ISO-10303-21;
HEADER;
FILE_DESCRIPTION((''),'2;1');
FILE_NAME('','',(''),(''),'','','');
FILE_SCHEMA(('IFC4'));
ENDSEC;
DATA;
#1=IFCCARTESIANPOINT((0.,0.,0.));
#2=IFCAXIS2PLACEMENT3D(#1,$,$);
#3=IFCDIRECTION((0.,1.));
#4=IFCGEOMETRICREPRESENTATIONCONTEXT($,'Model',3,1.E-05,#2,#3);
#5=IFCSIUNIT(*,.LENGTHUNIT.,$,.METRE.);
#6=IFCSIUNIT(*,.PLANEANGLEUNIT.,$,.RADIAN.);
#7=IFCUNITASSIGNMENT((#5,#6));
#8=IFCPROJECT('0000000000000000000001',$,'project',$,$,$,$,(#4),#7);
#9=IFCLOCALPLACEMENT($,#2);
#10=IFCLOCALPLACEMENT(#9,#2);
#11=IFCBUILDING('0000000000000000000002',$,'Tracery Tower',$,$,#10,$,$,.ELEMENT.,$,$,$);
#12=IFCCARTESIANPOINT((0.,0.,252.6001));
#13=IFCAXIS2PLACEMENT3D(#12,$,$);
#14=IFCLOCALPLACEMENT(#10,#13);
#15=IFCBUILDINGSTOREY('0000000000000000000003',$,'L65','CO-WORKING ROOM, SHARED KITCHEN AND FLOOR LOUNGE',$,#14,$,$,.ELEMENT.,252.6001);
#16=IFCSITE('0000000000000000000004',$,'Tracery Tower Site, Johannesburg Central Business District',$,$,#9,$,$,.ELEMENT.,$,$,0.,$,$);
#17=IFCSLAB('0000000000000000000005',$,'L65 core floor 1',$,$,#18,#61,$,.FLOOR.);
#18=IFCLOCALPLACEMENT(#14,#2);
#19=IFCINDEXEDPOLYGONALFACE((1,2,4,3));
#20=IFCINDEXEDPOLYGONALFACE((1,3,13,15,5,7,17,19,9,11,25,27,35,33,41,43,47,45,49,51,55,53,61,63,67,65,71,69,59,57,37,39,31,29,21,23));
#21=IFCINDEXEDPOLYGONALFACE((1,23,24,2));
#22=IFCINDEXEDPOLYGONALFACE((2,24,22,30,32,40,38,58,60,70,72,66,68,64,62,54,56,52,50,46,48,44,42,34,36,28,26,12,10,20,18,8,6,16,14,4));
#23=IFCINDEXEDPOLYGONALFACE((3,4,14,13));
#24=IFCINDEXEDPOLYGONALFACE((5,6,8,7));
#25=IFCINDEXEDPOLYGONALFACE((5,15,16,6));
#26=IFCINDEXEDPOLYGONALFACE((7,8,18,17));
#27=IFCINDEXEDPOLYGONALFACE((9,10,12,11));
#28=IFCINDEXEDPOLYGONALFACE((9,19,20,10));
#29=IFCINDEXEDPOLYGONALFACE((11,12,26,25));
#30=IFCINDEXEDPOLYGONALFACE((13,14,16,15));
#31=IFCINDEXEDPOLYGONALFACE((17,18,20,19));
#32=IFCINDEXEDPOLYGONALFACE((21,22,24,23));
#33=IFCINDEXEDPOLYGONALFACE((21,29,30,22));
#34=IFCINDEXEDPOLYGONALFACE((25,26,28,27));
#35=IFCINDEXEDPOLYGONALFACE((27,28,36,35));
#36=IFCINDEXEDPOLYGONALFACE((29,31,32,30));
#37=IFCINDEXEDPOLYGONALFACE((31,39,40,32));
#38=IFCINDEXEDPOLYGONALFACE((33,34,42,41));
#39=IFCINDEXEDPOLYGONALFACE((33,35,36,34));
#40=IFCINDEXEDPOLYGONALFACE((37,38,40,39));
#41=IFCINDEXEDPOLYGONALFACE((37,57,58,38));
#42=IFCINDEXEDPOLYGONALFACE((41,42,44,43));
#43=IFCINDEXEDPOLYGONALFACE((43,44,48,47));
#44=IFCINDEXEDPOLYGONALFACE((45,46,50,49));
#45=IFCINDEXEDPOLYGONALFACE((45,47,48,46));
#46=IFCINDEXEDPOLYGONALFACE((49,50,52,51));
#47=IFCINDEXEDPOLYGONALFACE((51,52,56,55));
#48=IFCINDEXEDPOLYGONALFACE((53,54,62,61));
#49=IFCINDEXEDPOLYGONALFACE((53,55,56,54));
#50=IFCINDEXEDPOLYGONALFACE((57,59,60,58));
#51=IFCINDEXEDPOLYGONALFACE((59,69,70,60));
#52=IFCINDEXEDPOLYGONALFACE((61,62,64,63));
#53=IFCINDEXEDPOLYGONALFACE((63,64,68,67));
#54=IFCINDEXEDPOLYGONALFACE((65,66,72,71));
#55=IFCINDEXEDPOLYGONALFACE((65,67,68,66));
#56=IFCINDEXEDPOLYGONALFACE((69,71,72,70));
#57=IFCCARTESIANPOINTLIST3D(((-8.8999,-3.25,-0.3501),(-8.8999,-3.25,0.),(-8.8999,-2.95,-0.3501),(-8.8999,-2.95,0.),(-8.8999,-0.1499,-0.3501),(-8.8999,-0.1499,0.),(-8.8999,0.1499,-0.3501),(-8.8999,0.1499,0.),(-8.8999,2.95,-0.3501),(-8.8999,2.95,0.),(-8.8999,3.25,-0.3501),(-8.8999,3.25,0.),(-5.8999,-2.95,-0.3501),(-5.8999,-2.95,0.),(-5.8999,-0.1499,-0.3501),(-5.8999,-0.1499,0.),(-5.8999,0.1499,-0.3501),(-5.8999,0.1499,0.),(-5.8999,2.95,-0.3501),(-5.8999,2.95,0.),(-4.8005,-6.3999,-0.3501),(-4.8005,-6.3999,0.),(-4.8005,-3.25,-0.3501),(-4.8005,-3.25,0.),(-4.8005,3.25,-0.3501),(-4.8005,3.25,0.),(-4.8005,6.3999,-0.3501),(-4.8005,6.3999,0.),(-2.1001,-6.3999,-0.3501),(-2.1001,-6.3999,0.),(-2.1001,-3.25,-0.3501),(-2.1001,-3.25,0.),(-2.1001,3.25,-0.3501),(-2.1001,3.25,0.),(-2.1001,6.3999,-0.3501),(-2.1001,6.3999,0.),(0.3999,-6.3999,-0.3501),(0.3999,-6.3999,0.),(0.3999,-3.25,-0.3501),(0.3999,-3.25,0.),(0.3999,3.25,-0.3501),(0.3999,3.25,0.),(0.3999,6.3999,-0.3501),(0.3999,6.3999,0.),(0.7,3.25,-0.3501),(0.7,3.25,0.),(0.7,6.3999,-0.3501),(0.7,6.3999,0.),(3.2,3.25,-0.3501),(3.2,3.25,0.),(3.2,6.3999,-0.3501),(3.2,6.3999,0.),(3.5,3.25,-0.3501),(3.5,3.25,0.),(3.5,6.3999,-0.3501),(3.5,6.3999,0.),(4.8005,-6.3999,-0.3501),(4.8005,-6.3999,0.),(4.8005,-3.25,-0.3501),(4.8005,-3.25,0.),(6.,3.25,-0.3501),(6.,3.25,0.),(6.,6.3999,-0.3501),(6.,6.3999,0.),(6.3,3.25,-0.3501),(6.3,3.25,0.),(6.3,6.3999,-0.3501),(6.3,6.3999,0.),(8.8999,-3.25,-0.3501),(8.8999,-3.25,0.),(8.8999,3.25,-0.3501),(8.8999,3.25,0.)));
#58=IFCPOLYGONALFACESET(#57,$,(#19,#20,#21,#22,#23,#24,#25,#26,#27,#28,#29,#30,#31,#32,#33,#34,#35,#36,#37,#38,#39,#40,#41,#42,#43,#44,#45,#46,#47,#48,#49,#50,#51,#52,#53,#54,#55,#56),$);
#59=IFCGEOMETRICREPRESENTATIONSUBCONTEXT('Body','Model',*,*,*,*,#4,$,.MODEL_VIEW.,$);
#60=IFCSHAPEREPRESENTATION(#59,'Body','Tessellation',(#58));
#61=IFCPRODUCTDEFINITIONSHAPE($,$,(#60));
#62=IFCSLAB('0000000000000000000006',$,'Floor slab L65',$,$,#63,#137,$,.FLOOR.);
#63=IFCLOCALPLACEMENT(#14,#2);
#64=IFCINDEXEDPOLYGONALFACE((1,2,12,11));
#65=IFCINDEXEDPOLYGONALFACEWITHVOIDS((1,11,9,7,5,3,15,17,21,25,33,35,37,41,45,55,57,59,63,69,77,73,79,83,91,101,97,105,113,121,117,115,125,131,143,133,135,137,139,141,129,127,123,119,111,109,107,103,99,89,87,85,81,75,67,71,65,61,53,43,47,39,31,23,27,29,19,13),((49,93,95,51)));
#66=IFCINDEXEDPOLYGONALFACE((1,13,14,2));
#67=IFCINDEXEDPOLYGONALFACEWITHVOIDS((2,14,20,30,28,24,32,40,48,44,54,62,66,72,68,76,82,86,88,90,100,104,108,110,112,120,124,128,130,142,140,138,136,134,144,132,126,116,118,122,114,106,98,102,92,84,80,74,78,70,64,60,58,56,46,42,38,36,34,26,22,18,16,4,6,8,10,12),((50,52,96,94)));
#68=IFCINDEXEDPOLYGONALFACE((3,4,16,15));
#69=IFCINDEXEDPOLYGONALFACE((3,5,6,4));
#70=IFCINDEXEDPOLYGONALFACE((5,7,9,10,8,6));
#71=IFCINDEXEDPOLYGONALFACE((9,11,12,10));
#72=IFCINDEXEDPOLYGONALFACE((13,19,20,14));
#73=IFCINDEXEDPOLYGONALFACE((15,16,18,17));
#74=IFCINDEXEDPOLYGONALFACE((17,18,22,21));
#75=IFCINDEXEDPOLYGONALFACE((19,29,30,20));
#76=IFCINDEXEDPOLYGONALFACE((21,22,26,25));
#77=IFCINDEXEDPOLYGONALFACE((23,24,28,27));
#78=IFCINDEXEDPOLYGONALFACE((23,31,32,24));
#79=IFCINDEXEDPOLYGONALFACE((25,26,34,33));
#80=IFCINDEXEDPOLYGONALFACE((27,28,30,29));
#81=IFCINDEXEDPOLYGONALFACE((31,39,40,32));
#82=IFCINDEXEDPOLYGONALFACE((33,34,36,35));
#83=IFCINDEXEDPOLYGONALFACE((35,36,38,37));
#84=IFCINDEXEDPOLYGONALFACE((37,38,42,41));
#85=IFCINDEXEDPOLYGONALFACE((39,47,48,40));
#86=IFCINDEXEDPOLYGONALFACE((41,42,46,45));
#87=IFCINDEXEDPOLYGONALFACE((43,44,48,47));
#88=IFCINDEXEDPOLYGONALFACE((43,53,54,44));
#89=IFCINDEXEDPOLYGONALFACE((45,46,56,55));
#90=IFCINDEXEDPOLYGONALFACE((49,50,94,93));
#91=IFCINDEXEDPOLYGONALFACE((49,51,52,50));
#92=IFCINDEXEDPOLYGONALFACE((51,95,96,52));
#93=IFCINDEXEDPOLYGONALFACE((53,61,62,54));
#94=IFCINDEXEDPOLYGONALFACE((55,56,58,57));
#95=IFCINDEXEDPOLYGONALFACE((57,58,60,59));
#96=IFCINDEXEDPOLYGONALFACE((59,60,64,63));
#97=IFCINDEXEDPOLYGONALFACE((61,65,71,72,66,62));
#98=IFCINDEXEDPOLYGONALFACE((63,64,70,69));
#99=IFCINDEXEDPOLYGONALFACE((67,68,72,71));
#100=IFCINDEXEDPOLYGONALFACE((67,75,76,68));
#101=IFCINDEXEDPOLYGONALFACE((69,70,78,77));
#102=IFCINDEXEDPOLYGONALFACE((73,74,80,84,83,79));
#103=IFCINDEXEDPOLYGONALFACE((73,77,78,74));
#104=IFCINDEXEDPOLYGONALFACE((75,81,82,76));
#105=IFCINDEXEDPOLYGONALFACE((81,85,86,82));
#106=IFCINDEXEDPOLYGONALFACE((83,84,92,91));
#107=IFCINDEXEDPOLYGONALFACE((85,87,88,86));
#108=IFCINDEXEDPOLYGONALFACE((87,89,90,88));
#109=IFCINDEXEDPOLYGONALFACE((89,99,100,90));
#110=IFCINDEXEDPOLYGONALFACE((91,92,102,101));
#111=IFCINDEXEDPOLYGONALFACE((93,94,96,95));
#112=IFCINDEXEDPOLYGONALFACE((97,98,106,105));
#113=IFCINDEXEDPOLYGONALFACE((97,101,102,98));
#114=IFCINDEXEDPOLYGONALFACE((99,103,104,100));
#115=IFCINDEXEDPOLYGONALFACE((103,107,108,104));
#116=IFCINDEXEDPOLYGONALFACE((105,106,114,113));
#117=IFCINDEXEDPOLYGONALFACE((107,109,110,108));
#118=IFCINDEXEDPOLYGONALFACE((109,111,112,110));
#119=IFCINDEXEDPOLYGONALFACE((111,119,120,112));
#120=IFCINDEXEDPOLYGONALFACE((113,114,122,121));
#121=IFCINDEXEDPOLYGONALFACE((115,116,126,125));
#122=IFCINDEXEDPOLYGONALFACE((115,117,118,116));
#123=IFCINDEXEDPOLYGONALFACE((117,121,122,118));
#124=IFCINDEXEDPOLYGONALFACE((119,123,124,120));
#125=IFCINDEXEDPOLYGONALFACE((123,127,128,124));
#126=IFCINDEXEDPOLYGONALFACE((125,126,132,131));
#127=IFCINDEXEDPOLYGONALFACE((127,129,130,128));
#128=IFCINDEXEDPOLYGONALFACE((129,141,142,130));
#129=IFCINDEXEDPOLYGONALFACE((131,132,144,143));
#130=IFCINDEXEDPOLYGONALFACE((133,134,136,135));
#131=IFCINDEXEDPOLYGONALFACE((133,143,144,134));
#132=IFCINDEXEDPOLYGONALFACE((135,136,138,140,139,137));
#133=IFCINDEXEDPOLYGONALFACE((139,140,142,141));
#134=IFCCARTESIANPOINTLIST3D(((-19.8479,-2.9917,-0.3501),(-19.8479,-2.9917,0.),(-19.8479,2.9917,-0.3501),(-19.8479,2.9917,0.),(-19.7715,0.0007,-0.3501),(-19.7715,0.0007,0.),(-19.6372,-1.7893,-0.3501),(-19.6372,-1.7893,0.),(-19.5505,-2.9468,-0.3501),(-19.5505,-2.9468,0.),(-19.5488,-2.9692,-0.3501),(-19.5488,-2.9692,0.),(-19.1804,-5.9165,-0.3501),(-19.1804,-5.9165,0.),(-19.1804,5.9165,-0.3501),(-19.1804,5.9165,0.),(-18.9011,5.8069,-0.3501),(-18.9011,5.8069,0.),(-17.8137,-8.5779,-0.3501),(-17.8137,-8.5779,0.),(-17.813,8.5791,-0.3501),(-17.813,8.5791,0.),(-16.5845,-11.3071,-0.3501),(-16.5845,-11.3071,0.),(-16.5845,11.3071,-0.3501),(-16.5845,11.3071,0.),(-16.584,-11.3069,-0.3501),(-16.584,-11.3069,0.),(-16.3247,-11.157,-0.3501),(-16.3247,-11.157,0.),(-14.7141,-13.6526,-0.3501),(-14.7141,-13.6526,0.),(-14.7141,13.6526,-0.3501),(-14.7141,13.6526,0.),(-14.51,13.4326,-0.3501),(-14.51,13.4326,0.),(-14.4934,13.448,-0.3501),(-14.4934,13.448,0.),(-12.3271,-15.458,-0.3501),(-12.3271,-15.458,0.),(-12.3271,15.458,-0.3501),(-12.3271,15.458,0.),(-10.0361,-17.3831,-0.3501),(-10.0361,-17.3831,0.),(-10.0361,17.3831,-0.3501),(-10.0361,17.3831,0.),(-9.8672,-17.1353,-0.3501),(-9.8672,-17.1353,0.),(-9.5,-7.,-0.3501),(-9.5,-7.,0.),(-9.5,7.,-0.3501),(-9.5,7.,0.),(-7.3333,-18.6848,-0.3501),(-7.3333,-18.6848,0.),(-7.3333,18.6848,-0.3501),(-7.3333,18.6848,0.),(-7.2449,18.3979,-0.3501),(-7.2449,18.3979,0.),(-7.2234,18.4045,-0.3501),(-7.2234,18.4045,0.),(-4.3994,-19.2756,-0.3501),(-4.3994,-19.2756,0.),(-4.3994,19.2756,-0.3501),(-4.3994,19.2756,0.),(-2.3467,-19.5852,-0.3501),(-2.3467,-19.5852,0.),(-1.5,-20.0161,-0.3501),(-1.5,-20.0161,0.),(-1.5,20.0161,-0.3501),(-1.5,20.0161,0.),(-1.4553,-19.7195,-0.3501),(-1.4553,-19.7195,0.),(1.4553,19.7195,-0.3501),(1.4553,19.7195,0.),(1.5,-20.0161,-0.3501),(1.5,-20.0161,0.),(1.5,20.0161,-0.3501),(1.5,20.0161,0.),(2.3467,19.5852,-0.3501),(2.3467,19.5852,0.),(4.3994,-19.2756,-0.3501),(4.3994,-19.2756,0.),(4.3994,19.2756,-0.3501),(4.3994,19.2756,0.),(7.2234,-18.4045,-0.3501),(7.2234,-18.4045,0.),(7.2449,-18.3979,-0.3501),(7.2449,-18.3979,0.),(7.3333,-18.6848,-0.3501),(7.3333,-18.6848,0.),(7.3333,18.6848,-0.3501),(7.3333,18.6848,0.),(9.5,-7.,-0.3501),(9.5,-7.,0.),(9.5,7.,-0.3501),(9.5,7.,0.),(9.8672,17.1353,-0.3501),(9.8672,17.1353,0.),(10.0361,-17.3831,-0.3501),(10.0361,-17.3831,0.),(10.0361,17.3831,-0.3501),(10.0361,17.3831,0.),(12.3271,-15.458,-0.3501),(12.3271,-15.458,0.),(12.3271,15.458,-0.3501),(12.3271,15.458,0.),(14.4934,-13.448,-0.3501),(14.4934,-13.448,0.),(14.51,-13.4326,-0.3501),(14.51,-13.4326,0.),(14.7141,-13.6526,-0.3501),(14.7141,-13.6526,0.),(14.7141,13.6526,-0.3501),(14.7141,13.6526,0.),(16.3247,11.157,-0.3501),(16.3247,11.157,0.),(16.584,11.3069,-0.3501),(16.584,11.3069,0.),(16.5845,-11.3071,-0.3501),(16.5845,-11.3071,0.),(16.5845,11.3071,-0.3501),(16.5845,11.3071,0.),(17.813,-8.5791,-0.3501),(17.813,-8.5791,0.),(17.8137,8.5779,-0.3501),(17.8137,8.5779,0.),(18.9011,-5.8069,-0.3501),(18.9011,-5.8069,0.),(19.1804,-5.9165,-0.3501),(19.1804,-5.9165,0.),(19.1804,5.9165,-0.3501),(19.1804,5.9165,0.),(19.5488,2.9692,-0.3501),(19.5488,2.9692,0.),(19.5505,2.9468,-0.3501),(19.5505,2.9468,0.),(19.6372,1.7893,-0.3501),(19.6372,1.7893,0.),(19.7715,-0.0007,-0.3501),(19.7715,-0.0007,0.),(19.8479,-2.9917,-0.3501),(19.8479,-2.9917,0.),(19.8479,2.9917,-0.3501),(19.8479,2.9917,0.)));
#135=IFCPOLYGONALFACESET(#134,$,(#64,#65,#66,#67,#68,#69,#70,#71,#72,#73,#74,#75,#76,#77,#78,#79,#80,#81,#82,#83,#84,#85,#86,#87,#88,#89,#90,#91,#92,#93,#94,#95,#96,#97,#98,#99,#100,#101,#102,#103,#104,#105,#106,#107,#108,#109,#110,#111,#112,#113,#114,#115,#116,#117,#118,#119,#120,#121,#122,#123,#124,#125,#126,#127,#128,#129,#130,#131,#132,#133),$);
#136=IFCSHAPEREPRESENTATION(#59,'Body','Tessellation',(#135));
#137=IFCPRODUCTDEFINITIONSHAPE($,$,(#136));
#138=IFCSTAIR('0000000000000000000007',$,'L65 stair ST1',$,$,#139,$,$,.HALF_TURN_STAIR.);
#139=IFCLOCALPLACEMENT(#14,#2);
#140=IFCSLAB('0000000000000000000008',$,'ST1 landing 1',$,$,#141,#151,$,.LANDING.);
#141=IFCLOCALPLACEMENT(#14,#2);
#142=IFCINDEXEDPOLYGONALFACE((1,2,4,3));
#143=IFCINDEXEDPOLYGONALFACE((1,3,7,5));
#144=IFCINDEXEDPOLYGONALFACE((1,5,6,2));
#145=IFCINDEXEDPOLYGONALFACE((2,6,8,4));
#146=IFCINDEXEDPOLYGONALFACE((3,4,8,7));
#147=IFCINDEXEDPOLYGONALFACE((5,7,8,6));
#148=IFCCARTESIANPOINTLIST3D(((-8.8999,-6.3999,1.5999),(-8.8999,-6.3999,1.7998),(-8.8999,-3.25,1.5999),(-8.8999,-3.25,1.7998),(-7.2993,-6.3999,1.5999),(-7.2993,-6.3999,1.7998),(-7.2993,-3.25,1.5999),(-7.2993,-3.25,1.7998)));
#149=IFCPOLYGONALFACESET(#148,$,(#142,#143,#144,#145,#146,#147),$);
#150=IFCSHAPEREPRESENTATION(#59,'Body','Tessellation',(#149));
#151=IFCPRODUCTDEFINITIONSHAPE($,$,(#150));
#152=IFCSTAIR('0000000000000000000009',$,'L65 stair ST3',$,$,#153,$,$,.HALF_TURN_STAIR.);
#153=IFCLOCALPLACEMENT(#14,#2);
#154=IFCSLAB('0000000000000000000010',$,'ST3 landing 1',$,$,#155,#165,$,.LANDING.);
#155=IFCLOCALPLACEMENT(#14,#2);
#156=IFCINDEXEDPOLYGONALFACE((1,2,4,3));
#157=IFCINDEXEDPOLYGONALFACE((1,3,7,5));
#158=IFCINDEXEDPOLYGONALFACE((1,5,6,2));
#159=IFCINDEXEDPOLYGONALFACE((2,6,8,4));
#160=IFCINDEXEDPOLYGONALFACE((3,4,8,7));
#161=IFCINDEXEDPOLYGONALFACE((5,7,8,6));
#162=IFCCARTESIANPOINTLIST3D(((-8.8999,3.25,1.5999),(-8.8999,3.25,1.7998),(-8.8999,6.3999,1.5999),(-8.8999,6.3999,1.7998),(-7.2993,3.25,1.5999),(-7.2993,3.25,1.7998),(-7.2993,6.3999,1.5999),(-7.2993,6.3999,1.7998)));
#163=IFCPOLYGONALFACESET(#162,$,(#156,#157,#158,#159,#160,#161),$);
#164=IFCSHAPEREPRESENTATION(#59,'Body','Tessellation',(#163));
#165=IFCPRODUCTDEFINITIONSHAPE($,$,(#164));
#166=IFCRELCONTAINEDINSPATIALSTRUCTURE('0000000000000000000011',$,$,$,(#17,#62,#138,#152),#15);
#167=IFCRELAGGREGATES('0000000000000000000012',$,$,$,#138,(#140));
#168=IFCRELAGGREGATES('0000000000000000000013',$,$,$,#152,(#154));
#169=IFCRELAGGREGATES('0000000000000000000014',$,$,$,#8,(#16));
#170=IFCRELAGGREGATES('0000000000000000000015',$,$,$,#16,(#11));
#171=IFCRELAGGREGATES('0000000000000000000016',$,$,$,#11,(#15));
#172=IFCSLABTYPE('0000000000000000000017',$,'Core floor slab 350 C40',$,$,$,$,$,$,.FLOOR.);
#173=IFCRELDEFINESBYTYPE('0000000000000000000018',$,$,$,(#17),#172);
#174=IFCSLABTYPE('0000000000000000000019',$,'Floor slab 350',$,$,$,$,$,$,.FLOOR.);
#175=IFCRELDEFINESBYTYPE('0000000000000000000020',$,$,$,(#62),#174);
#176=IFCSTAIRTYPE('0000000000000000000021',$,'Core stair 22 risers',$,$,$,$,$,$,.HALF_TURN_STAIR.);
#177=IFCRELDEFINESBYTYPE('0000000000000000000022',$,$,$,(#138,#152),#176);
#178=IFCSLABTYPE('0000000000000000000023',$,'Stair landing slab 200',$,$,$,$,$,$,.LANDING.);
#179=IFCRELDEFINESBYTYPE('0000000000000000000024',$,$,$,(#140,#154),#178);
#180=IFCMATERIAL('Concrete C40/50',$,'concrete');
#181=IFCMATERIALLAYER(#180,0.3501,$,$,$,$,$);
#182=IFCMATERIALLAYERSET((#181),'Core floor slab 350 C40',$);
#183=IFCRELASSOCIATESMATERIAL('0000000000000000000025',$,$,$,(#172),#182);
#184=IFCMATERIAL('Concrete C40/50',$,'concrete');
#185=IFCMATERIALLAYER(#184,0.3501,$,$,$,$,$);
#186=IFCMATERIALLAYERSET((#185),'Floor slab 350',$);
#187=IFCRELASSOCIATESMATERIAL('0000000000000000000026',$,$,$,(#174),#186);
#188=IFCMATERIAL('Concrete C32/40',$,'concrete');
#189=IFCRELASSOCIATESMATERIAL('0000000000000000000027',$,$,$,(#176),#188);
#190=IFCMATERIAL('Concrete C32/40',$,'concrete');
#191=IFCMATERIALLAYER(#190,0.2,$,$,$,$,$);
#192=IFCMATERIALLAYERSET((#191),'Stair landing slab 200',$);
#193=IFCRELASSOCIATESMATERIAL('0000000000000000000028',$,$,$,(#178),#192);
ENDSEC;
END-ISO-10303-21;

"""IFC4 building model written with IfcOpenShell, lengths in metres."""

from ifc_helpers import new_model, si_unit, direction, frame, origin, place, context, subcontext, project, spatial, polyline, outline, extrude, material, layer, layer_set, type_object, element, aggregate, save


model = new_model("IFC4")

# Units and contexts
model_context = context("Model", 3, precision=1e-05, world=origin(), true_north=direction((0.0, 1.0)))
body_context = subcontext(model_context, "Body", "Model", "MODEL_VIEW")
ifc_project = project(units=[si_unit("LENGTHUNIT", "METRE"), si_unit("PLANEANGLEUNIT", "RADIAN")], contexts=[model_context])

# Site, building, storey
site_placement = place(None, origin())
site = spatial("IfcSite", under=ifc_project, at=site_placement, Name="Tracery Tower Site, Johannesburg Central Business District", CompositionType="ELEMENT", RefElevation=0.0)
building_placement = place(site_placement, origin())
building = spatial("IfcBuilding", under=site, at=building_placement, Name="Tracery Tower", CompositionType="ELEMENT")
storey_placement = place(building_placement, frame((0.0, 0.0, 252.6001)))
storey = spatial("IfcBuildingStorey", under=building, at=storey_placement, Name="L65", Description="CO-WORKING ROOM, SHARED KITCHEN AND FLOOR LOUNGE", CompositionType="ELEMENT", Elevation=252.6001)

# Slabs
ifc_material_1 = material(Name="Concrete C40/50", Category="concrete")
ifc_layer_1 = layer(ifc_material_1, 0.3501)
ifc_layer_set_1 = layer_set([ifc_layer_1], Name="Core floor slab 350 C40")
slab_type_1 = type_object("IfcSlabType", Name="Core floor slab 350 C40", PredefinedType="FLOOR", material=ifc_layer_set_1)
slab_1_placement = place(storey_placement, frame((0.0, 0.0, -0.3501)))
element("IfcSlab", 1, at=slab_1_placement, inside=storey, type_object=slab_type_1, Name="L65 core floor 1", PredefinedType="FLOOR", context=body_context, shape_type="SweptSolid", body=[
    extrude(outline(polyline([(-4.8005, -3.25), (-8.8999, -3.25), (-8.8999, -2.95), (-5.8999, -2.95), (-5.8999, -0.1499), (-8.8999, -0.1499), (-8.8999, 0.1499), (-5.8999, 0.1499), (-5.8999, 2.95), (-8.8999, 2.95), (-8.8999, 3.25), (-4.8005, 3.25), (-4.8005, 6.3999), (-2.1001, 6.3999), (-2.1001, 3.25), (0.3999, 3.25), (0.3999, 6.3999), (0.7, 6.3999), (0.7, 3.25), (3.2, 3.25), (3.2, 6.3999), (3.5, 6.3999), (3.5, 3.25), (6.0, 3.25), (6.0, 6.3999), (6.3, 6.3999), (6.3, 3.25), (8.8999, 3.25), (8.8999, -3.25), (4.8005, -3.25), (4.8005, -6.3999), (0.3999, -6.3999), (0.3999, -3.25), (-2.1001, -3.25), (-2.1001, -6.3999), (-4.8005, -6.3999), (-4.8005, -3.25)])), origin(), (0.0, 0.0, 1.0), 0.3501),
])
ifc_material_2 = material(Name="Concrete C40/50", Category="concrete")
ifc_layer_2 = layer(ifc_material_2, 0.3501)
ifc_layer_set_2 = layer_set([ifc_layer_2], Name="Floor slab 350")
slab_type_2 = type_object("IfcSlabType", Name="Floor slab 350", PredefinedType="FLOOR", material=ifc_layer_set_2)
slab_2_placement = place(storey_placement, frame((0.0, 0.0, -0.3501)))
element("IfcSlab", 2, at=slab_2_placement, inside=storey, type_object=slab_type_2, Name="Floor slab L65", PredefinedType="FLOOR", context=body_context, shape_type="SweptSolid", body=[
    extrude(outline(polyline([(19.5505, 2.9468), (19.5488, 2.9692), (19.8479, 2.9917), (19.1804, 5.9165), (17.8137, 8.5779), (16.3247, 11.157), (16.584, 11.3069), (16.5845, 11.3071), (14.7141, 13.6526), (12.3271, 15.458), (9.8672, 17.1353), (10.0361, 17.3831), (7.3333, 18.6848), (4.3994, 19.2756), (2.3467, 19.5852), (1.4553, 19.7195), (1.5, 20.0161), (1.5, 20.0161), (-1.5, 20.0161), (-4.3994, 19.2756), (-7.2234, 18.4045), (-7.2234, 18.4045), (-7.2449, 18.3979), (-7.3333, 18.6848), (-10.0361, 17.3831), (-12.3271, 15.458), (-14.4934, 13.448), (-14.4934, 13.448), (-14.51, 13.4326), (-14.7141, 13.6526), (-14.7141, 13.6526), (-16.5845, 11.3071), (-17.813, 8.5791), (-18.9011, 5.8069), (-19.1804, 5.9165), (-19.8479, 2.9917), (-19.7715, 0.0007), (-19.6372, -1.7893), (-19.5505, -2.9468), (-19.5505, -2.9468), (-19.5488, -2.9692), (-19.8479, -2.9917), (-19.1804, -5.9165), (-17.8137, -8.5779), (-16.3247, -11.157), (-16.584, -11.3069), (-16.5845, -11.3071), (-14.7141, -13.6526), (-12.3271, -15.458), (-9.8672, -17.1353), (-10.0361, -17.3831), (-7.3333, -18.6848), (-4.3994, -19.2756), (-2.3467, -19.5852), (-1.4553, -19.7195), (-1.5, -20.0161), (-1.5, -20.0161), (1.5, -20.0161), (4.3994, -19.2756), (7.2234, -18.4045), (7.2234, -18.4045), (7.2449, -18.3979), (7.3333, -18.6848), (10.0361, -17.3831), (12.3271, -15.458), (14.4934, -13.448), (14.4934, -13.448), (14.51, -13.4326), (14.7141, -13.6526), (14.7141, -13.6526), (16.5845, -11.3071), (17.813, -8.5791), (18.9011, -5.8069), (19.1804, -5.9165), (19.8479, -2.9917), (19.7715, -0.0007), (19.6372, 1.7893), (19.5505, 2.9468), (19.5505, 2.9468)]), holes=[polyline([(-9.5, -7.0), (9.5, -7.0), (9.5, 7.0), (-9.5, 7.0), (-9.5, -7.0)])]), origin(), (0.0, 0.0, 1.0), 0.3501),
])

# Stairs, slabs
ifc_material_3 = material(Name="Concrete C32/40", Category="concrete")
stair_type = type_object("IfcStairType", Name="Core stair 22 risers", PredefinedType="HALF_TURN_STAIR", material=ifc_material_3)
stair_1_placement = place(storey_placement, origin())
stair_1 = element("IfcStair", 3, at=stair_1_placement, inside=storey, type_object=stair_type, Name="L65 stair ST1", PredefinedType="HALF_TURN_STAIR")
ifc_material_4 = material(Name="Concrete C32/40", Category="concrete")
ifc_layer_3 = layer(ifc_material_4, 0.2)
ifc_layer_set_3 = layer_set([ifc_layer_3], Name="Stair landing slab 200")
slab_type_3 = type_object("IfcSlabType", Name="Stair landing slab 200", PredefinedType="LANDING", material=ifc_layer_set_3)
slab_3_placement = place(storey_placement, frame((0.0, 0.0, 1.5999)))
slab_3 = element("IfcSlab", 4, at=slab_3_placement, type_object=slab_type_3, Name="ST1 landing 1", PredefinedType="LANDING", context=body_context, shape_type="SweptSolid", body=[
    extrude(outline(polyline([(-7.2993, -3.25), (-8.8999, -3.25), (-8.8999, -6.3999), (-7.2993, -6.3999), (-7.2993, -3.25)])), origin(), (0.0, 0.0, 1.0), 0.2),
])
aggregate(stair_1, [slab_3])
stair_2_placement = place(storey_placement, origin())
stair_2 = element("IfcStair", 5, at=stair_2_placement, inside=storey, type_object=stair_type, Name="L65 stair ST3", PredefinedType="HALF_TURN_STAIR")
slab_4_placement = place(storey_placement, frame((0.0, 0.0, 1.5999)))
slab_4 = element("IfcSlab", 6, at=slab_4_placement, type_object=slab_type_3, Name="ST3 landing 1", PredefinedType="LANDING", context=body_context, shape_type="SweptSolid", body=[
    extrude(outline(polyline([(-7.2993, 6.3999), (-8.8999, 6.3999), (-8.8999, 3.25), (-7.2993, 3.25), (-7.2993, 6.3999)])), origin(), (0.0, 0.0, 1.0), 0.2),
])

aggregate(stair_2, [slab_4])

save(model, "model.ifc")
